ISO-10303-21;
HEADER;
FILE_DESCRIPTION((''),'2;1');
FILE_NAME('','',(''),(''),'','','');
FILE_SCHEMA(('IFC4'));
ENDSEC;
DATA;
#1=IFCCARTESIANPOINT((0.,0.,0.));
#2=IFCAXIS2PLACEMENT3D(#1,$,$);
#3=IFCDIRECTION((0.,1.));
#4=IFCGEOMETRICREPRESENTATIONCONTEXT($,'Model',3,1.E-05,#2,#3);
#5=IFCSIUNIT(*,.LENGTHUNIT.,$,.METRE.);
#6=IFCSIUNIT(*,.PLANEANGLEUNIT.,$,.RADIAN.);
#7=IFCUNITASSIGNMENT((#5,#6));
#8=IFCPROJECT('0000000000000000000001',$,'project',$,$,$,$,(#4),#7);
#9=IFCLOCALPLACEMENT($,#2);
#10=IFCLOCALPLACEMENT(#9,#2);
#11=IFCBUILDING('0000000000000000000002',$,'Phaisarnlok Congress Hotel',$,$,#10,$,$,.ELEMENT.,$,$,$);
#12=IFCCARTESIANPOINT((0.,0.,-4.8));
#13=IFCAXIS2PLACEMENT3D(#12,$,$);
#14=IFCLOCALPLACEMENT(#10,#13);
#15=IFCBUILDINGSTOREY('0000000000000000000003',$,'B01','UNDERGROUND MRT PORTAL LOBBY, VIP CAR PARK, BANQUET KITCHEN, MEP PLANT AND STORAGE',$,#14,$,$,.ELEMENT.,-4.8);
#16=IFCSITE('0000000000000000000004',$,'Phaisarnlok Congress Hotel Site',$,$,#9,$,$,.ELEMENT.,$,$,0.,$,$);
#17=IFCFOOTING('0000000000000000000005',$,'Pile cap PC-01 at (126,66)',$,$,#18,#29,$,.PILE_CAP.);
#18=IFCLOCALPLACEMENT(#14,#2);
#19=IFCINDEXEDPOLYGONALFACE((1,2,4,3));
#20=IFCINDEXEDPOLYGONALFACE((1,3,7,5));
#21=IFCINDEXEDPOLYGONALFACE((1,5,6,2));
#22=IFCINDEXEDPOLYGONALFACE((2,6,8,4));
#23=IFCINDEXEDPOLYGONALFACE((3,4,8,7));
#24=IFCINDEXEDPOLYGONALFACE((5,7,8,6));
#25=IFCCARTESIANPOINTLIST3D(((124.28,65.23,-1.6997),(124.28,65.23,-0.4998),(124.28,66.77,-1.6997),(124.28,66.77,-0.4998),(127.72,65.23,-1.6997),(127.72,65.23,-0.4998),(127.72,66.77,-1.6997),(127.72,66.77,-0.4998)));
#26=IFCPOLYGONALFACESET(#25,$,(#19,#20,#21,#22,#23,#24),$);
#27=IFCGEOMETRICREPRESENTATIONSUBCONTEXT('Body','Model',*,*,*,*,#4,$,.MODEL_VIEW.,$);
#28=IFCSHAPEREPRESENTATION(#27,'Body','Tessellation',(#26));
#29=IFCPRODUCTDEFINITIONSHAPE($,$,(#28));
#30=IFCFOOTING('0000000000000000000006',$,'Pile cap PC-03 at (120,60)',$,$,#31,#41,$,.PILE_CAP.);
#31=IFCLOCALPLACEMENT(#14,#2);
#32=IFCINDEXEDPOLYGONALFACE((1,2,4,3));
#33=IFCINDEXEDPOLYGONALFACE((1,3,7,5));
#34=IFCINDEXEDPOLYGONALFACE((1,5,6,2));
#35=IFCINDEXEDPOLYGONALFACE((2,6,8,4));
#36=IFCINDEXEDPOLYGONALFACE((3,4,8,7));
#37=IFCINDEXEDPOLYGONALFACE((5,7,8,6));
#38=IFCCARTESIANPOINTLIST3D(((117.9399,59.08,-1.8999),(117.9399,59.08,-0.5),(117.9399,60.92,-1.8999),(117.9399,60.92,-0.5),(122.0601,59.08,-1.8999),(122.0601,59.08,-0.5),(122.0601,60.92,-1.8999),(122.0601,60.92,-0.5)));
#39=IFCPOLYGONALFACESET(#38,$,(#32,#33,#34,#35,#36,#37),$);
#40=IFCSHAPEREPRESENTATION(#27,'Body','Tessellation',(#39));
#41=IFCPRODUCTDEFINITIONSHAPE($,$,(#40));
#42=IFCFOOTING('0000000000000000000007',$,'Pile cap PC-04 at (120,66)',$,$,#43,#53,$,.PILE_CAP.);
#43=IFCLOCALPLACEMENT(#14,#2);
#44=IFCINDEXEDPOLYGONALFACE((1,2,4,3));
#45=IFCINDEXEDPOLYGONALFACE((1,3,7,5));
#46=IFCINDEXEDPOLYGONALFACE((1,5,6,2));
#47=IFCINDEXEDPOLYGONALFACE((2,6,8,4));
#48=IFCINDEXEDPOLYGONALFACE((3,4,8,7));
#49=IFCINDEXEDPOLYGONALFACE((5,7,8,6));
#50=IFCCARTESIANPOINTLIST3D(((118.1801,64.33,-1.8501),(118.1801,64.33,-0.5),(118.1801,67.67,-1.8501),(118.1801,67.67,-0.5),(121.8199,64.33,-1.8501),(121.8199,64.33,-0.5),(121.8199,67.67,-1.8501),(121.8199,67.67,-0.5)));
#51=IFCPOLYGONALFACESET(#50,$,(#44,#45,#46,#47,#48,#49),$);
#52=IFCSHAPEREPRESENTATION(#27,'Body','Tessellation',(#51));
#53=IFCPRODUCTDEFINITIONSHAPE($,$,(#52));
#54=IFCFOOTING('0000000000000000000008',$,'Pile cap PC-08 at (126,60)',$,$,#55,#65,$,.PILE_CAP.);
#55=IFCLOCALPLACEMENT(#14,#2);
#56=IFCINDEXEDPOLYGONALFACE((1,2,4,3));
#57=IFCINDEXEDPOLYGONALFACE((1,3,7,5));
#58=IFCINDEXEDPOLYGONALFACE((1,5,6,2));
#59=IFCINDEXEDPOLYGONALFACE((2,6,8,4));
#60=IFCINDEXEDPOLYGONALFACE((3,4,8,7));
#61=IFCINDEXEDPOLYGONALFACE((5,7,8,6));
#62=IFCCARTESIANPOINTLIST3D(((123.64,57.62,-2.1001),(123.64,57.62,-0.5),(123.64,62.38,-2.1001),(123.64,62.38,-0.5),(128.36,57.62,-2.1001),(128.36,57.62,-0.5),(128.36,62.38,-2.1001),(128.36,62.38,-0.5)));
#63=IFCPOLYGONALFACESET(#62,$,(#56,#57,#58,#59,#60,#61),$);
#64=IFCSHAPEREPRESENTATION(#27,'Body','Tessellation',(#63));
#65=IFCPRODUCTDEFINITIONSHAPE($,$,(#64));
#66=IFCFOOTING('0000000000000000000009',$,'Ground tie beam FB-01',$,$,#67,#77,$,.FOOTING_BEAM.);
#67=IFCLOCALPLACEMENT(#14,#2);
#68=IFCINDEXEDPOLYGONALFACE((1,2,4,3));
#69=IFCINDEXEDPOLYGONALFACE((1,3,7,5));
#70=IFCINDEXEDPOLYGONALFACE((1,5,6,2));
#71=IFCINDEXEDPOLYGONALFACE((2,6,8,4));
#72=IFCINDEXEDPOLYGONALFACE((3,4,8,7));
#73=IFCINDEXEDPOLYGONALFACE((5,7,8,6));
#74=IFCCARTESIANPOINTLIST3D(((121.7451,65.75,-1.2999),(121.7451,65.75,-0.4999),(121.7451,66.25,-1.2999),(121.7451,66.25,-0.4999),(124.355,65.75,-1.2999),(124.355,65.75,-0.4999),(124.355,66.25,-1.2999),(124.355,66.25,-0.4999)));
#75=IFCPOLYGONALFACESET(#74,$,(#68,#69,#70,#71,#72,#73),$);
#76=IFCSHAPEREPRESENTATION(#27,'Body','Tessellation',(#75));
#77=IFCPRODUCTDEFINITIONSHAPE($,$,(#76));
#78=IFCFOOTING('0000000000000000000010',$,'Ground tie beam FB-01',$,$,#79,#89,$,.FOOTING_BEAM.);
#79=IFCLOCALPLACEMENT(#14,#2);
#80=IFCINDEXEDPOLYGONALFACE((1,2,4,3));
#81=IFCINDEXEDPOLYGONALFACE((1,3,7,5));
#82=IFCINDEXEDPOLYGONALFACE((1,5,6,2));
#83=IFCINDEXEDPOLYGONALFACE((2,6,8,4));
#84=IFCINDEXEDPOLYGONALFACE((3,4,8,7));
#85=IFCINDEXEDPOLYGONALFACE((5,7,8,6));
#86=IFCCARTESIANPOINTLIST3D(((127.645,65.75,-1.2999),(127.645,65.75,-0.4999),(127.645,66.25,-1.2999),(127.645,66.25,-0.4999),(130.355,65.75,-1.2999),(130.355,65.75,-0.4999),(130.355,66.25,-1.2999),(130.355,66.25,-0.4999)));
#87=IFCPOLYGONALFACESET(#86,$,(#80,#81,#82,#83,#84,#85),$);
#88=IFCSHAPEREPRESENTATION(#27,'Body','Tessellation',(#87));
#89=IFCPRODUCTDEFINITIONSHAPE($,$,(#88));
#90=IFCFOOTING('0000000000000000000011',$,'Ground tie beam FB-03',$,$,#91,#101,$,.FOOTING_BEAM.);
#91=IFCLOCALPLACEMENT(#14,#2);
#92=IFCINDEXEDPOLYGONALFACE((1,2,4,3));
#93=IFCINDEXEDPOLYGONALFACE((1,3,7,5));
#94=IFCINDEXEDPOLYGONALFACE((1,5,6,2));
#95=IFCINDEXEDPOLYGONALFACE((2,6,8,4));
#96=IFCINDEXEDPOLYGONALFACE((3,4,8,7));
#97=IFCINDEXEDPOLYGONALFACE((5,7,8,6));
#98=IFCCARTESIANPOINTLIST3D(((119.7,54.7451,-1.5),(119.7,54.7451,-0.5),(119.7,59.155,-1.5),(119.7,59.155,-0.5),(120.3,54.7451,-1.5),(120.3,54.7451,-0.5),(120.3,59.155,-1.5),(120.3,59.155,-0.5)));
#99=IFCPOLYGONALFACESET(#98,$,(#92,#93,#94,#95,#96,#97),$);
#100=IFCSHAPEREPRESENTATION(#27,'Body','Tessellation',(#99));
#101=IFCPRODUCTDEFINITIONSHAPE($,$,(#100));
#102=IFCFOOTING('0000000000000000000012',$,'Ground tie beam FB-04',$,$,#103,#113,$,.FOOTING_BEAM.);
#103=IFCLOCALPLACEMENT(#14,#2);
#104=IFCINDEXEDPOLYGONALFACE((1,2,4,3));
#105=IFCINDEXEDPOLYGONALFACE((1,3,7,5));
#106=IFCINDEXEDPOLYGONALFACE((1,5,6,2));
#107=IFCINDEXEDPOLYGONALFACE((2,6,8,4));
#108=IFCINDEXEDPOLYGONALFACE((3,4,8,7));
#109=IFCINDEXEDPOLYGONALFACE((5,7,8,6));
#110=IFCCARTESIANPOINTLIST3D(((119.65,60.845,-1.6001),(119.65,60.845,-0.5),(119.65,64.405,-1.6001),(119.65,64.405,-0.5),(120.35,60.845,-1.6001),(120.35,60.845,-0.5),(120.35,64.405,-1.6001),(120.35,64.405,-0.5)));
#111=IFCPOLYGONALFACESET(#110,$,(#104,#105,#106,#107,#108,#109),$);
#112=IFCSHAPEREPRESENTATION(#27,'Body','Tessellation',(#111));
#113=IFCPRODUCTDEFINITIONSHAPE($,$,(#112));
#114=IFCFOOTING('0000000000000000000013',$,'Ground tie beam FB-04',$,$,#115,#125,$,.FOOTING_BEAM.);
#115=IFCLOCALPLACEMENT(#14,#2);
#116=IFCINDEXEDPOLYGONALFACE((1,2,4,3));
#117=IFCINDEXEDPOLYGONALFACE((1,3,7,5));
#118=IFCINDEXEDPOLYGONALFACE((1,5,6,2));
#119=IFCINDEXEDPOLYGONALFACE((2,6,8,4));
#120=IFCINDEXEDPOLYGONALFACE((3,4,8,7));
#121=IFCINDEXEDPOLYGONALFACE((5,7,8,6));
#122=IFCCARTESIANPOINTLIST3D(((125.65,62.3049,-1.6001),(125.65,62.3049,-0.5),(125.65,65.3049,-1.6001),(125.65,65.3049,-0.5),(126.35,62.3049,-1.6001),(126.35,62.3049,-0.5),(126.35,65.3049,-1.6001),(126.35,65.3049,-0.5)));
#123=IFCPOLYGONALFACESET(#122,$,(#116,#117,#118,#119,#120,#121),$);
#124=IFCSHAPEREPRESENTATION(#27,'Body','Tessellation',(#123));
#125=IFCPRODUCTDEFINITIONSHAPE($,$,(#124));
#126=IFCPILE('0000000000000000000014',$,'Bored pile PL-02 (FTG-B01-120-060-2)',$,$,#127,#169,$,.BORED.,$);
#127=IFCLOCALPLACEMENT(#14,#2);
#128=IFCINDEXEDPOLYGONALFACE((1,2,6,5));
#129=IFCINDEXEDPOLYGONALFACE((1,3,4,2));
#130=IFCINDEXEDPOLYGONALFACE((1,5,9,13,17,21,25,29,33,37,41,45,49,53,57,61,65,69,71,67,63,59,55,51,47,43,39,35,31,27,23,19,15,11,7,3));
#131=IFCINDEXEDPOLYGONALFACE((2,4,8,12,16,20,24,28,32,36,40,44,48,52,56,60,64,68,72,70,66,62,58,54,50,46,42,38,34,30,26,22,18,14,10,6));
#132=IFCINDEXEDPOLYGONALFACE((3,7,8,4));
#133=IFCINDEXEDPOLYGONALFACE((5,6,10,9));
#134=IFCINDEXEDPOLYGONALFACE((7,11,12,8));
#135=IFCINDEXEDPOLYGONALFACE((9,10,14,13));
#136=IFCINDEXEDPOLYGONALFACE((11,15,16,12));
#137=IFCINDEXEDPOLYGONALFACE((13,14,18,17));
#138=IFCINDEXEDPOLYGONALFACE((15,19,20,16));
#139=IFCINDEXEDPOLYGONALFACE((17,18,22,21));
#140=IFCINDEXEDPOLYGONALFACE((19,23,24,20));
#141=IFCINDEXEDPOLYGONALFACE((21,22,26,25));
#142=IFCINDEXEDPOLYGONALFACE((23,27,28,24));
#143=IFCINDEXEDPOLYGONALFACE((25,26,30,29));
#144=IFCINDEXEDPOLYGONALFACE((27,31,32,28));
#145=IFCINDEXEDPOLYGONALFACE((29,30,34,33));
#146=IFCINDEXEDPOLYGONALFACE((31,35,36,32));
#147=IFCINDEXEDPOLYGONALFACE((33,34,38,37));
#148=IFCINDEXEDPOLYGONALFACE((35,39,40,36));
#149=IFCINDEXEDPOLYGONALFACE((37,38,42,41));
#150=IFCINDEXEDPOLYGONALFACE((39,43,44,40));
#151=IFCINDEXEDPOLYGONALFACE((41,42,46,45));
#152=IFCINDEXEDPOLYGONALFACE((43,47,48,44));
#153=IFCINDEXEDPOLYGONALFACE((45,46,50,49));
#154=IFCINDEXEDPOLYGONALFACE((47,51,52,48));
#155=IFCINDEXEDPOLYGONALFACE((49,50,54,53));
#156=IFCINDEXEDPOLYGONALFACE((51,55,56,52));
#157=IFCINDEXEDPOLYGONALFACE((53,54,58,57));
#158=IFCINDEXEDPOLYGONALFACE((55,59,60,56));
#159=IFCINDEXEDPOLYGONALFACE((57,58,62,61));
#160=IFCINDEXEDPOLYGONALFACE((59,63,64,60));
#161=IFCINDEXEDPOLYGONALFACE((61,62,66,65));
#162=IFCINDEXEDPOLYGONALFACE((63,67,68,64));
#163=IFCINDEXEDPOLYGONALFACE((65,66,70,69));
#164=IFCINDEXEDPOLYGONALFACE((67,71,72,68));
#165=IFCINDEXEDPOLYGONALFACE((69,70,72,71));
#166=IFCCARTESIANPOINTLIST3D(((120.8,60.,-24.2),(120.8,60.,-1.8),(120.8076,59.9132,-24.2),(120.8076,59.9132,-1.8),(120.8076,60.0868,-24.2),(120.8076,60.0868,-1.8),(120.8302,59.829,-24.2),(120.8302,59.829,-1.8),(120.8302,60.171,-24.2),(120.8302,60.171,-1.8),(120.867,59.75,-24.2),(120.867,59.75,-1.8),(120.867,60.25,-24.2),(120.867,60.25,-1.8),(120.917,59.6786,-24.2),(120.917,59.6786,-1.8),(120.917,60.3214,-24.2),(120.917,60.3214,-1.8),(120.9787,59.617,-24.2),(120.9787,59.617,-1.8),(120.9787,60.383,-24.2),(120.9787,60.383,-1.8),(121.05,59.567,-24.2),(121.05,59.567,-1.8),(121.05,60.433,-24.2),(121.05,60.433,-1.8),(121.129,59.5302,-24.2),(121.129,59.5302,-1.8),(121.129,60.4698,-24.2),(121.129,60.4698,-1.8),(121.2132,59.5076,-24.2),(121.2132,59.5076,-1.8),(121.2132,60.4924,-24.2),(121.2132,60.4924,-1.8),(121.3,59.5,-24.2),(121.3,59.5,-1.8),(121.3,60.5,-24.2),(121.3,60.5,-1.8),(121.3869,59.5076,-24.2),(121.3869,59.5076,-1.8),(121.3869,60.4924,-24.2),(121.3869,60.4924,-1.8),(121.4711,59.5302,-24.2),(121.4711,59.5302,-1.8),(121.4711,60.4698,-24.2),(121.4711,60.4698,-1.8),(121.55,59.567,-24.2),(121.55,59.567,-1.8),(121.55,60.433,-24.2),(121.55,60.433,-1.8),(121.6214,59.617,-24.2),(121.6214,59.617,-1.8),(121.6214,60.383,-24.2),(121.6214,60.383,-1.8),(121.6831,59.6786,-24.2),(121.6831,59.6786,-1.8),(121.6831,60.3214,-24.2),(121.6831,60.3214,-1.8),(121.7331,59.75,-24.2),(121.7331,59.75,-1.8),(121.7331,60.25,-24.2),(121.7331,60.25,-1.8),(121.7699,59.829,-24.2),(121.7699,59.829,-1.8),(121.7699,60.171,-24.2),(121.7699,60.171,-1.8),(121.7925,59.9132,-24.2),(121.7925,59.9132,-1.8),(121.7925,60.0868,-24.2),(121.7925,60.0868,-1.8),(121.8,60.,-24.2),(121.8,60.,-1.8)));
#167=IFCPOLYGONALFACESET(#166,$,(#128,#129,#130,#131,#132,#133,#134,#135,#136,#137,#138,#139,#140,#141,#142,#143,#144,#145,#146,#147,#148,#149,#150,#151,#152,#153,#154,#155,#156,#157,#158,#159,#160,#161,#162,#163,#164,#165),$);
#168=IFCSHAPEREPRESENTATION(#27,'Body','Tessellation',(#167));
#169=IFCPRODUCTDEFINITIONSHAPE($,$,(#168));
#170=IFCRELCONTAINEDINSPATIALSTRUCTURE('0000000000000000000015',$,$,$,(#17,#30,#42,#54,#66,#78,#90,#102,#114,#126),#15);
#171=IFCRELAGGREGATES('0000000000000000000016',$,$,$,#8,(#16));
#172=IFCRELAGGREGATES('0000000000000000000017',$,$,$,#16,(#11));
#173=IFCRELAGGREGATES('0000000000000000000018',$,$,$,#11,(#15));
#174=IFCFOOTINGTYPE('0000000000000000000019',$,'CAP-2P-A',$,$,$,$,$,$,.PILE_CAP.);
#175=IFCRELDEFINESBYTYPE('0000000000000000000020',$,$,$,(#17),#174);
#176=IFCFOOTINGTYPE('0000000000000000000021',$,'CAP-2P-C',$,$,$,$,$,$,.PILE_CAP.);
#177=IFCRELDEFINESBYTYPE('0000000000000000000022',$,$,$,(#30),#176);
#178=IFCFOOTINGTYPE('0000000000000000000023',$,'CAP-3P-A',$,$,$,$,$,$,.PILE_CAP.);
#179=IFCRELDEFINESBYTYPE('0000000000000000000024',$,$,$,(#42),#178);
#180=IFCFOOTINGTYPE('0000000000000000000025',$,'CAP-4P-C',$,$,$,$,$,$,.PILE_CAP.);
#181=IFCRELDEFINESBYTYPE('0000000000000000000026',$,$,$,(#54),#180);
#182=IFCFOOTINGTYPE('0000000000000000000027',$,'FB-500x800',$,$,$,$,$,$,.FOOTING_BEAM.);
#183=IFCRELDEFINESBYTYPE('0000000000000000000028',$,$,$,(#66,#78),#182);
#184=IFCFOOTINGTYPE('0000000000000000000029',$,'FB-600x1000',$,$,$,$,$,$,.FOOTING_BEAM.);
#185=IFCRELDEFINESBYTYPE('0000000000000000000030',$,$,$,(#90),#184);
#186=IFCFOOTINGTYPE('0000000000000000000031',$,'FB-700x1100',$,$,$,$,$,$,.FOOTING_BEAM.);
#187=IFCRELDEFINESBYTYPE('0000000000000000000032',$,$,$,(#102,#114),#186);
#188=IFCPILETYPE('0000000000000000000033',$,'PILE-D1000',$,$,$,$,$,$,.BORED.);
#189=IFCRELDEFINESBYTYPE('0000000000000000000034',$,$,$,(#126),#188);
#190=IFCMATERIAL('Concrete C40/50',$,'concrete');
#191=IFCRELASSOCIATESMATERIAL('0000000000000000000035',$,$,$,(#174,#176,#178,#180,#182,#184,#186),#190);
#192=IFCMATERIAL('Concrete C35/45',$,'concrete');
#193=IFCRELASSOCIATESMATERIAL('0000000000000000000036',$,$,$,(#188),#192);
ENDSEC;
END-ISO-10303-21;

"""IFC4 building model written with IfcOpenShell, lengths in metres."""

from ifc_helpers import new_model, si_unit, direction, frame, origin, origin_2d, place, context, subcontext, project, spatial, rectangle, circle, extrude, material, material_profile, profile_set, type_object, element, save


model = new_model("IFC4")

# Units and contexts
model_context = context("Model", 3, precision=1e-05, world=origin(), true_north=direction((0.0, 1.0)))
body_context = subcontext(model_context, "Body", "Model", "MODEL_VIEW")
ifc_project = project(units=[si_unit("LENGTHUNIT", "METRE"), si_unit("PLANEANGLEUNIT", "RADIAN")], contexts=[model_context])

# Site, building, storey
site_placement = place(None, origin())
site = spatial("IfcSite", under=ifc_project, at=site_placement, Name="Phaisarnlok Congress Hotel Site", CompositionType="ELEMENT", RefElevation=0.0)
building_placement = place(site_placement, origin())
building = spatial("IfcBuilding", under=site, at=building_placement, Name="Phaisarnlok Congress Hotel", CompositionType="ELEMENT")
storey_placement = place(building_placement, frame((0.0, 0.0, -4.8)))
storey = spatial("IfcBuildingStorey", under=building, at=storey_placement, Name="B01", Description="UNDERGROUND MRT PORTAL LOBBY, VIP CAR PARK, BANQUET KITCHEN, MEP PLANT AND STORAGE", CompositionType="ELEMENT", Elevation=-4.8)

# Footings
ifc_material_1 = material(Name="Concrete C40/50", Category="concrete")
footing_type_1 = type_object("IfcFootingType", Name="CAP-2P-A", PredefinedType="PILE_CAP", material=ifc_material_1)
footing_1_placement = place(storey_placement, frame((126.0, 66.0, -1.6997), z_axis=(0.0, 0.0, 1.0), x_axis=(1.0, 0.0, 0.0)))
element("IfcFooting", 1, at=footing_1_placement, inside=storey, type_object=footing_type_1, Name="Pile cap PC-01 at (126,66)", PredefinedType="PILE_CAP", context=body_context, shape_type="SweptSolid", body=[
    extrude(rectangle(XDim=3.4399, YDim=1.54, at=origin_2d()), origin(), (0.0, 0.0, 1.0), 1.2),
])
footing_type_2 = type_object("IfcFootingType", Name="CAP-2P-C", PredefinedType="PILE_CAP", material=ifc_material_1)
footing_2_placement = place(storey_placement, frame((120.0, 60.0, -1.8999), z_axis=(0.0, 0.0, 1.0), x_axis=(1.0, 0.0, 0.0)))
element("IfcFooting", 2, at=footing_2_placement, inside=storey, type_object=footing_type_2, Name="Pile cap PC-03 at (120,60)", PredefinedType="PILE_CAP", context=body_context, shape_type="SweptSolid", body=[
    extrude(rectangle(XDim=4.1201, YDim=1.8401, at=origin_2d()), origin(), (0.0, 0.0, 1.0), 1.3999),
])
footing_type_3 = type_object("IfcFootingType", Name="CAP-3P-A", PredefinedType="PILE_CAP", material=ifc_material_1)
footing_3_placement = place(storey_placement, frame((120.0, 66.0, -1.8501), z_axis=(0.0, 0.0, 1.0), x_axis=(1.0, 0.0, 0.0)))
element("IfcFooting", 3, at=footing_3_placement, inside=storey, type_object=footing_type_3, Name="Pile cap PC-04 at (120,66)", PredefinedType="PILE_CAP", context=body_context, shape_type="SweptSolid", body=[
    extrude(rectangle(XDim=3.6399, YDim=3.3401, at=origin_2d()), origin(), (0.0, 0.0, 1.0), 1.3501),
])
footing_type_4 = type_object("IfcFootingType", Name="CAP-4P-C", PredefinedType="PILE_CAP", material=ifc_material_1)
footing_4_placement = place(storey_placement, frame((126.0, 60.0, -2.1001), z_axis=(0.0, 0.0, 1.0), x_axis=(1.0, 0.0, 0.0)))
element("IfcFooting", 4, at=footing_4_placement, inside=storey, type_object=footing_type_4, Name="Pile cap PC-08 at (126,60)", PredefinedType="PILE_CAP", context=body_context, shape_type="SweptSolid", body=[
    extrude(rectangle(XDim=4.72, YDim=4.76, at=origin_2d()), origin(), (0.0, 0.0, 1.0), 1.6001),
])
ifc_material_profile_1 = material_profile(ifc_material_1, rectangle(XDim=0.5, YDim=0.8, at=origin_2d()), Name="FB-500x800")
ifc_profile_set_1 = profile_set([ifc_material_profile_1], Name="Concrete C40/50")
footing_type_5 = type_object("IfcFootingType", Name="FB-500x800", PredefinedType="FOOTING_BEAM", material=ifc_profile_set_1)
footing_5_placement = place(storey_placement, frame((121.7451, 66.0, -0.8999), z_axis=(1.0, 0.0, 0.0), x_axis=(0.0, 1.0, 0.0)))
element("IfcFooting", 5, at=footing_5_placement, inside=storey, type_object=footing_type_5, Name="Ground tie beam FB-01", PredefinedType="FOOTING_BEAM", context=body_context, shape_type="SweptSolid", body=[
    extrude(rectangle(XDim=0.5, YDim=0.8, at=origin_2d()), origin(), (0.0, 0.0, 1.0), 2.6099),
])
footing_6_placement = place(storey_placement, frame((127.645, 66.0, -0.8999), z_axis=(1.0, 0.0, 0.0), x_axis=(0.0, 1.0, 0.0)))
element("IfcFooting", 6, at=footing_6_placement, inside=storey, type_object=footing_type_5, Name="Ground tie beam FB-01", PredefinedType="FOOTING_BEAM", context=body_context, shape_type="SweptSolid", body=[
    extrude(rectangle(XDim=0.5, YDim=0.8, at=origin_2d()), origin(), (0.0, 0.0, 1.0), 2.71),
])
ifc_material_profile_2 = material_profile(ifc_material_1, rectangle(XDim=0.6001, YDim=1.0, at=origin_2d()), Name="FB-600x1000")
ifc_profile_set_2 = profile_set([ifc_material_profile_2], Name="Concrete C40/50")
footing_type_6 = type_object("IfcFootingType", Name="FB-600x1000", PredefinedType="FOOTING_BEAM", material=ifc_profile_set_2)
footing_7_placement = place(storey_placement, frame((120.0, 54.7451, -1.0), z_axis=(0.0, 1.0, 0.0), x_axis=(-1.0, 0.0, 0.0)))
element("IfcFooting", 7, at=footing_7_placement, inside=storey, type_object=footing_type_6, Name="Ground tie beam FB-03", PredefinedType="FOOTING_BEAM", context=body_context, shape_type="SweptSolid", body=[
    extrude(rectangle(XDim=0.6001, YDim=1.0, at=origin_2d()), origin(), (0.0, 0.0, 1.0), 4.4099),
])
ifc_material_profile_3 = material_profile(ifc_material_1, rectangle(XDim=0.7, YDim=1.1001, at=origin_2d()), Name="FB-700x1100")
ifc_profile_set_3 = profile_set([ifc_material_profile_3], Name="Concrete C40/50")
footing_type_7 = type_object("IfcFootingType", Name="FB-700x1100", PredefinedType="FOOTING_BEAM", material=ifc_profile_set_3)
footing_8_placement = place(storey_placement, frame((120.0, 60.845, -1.05), z_axis=(0.0, 1.0, 0.0), x_axis=(-1.0, 0.0, 0.0)))
element("IfcFooting", 8, at=footing_8_placement, inside=storey, type_object=footing_type_7, Name="Ground tie beam FB-04", PredefinedType="FOOTING_BEAM", context=body_context, shape_type="SweptSolid", body=[
    extrude(rectangle(XDim=0.7, YDim=1.1001, at=origin_2d()), origin(), (0.0, 0.0, 1.0), 3.5601),
])
footing_9_placement = place(storey_placement, frame((126.0, 62.3049, -1.05), z_axis=(0.0, 1.0, 0.0), x_axis=(-1.0, 0.0, 0.0)))
element("IfcFooting", 9, at=footing_9_placement, inside=storey, type_object=footing_type_7, Name="Ground tie beam FB-04", PredefinedType="FOOTING_BEAM", context=body_context, shape_type="SweptSolid", body=[
    extrude(rectangle(XDim=0.7, YDim=1.1001, at=origin_2d()), origin(), (0.0, 0.0, 1.0), 3.0),
])

# Pile
ifc_material_2 = material(Name="Concrete C35/45", Category="concrete")
ifc_material_profile_4 = material_profile(ifc_material_2, circle(Radius=0.5, at=origin_2d()), Name="BORED PILE D1000")
ifc_profile_set_4 = profile_set([ifc_material_profile_4], Name="Concrete C35/45")
pile_type_1 = type_object("IfcPileType", Name="PILE-D1000", PredefinedType="BORED", material=ifc_profile_set_4)
pile_1_placement = place(storey_placement, frame((121.3, 60.0, -1.8), z_axis=(0.0, 0.0, -1.0), x_axis=(1.0, 0.0, 0.0)))
element("IfcPile", 10, at=pile_1_placement, inside=storey, type_object=pile_type_1, Name="Bored pile PL-02 (FTG-B01-120-060-2)", PredefinedType="BORED", context=body_context, shape_type="SweptSolid", body=[
    extrude(circle(Radius=0.5, at=origin_2d()), origin(), (0.0, 0.0, 1.0), 22.3999),
])

save(model, "model.ifc")
